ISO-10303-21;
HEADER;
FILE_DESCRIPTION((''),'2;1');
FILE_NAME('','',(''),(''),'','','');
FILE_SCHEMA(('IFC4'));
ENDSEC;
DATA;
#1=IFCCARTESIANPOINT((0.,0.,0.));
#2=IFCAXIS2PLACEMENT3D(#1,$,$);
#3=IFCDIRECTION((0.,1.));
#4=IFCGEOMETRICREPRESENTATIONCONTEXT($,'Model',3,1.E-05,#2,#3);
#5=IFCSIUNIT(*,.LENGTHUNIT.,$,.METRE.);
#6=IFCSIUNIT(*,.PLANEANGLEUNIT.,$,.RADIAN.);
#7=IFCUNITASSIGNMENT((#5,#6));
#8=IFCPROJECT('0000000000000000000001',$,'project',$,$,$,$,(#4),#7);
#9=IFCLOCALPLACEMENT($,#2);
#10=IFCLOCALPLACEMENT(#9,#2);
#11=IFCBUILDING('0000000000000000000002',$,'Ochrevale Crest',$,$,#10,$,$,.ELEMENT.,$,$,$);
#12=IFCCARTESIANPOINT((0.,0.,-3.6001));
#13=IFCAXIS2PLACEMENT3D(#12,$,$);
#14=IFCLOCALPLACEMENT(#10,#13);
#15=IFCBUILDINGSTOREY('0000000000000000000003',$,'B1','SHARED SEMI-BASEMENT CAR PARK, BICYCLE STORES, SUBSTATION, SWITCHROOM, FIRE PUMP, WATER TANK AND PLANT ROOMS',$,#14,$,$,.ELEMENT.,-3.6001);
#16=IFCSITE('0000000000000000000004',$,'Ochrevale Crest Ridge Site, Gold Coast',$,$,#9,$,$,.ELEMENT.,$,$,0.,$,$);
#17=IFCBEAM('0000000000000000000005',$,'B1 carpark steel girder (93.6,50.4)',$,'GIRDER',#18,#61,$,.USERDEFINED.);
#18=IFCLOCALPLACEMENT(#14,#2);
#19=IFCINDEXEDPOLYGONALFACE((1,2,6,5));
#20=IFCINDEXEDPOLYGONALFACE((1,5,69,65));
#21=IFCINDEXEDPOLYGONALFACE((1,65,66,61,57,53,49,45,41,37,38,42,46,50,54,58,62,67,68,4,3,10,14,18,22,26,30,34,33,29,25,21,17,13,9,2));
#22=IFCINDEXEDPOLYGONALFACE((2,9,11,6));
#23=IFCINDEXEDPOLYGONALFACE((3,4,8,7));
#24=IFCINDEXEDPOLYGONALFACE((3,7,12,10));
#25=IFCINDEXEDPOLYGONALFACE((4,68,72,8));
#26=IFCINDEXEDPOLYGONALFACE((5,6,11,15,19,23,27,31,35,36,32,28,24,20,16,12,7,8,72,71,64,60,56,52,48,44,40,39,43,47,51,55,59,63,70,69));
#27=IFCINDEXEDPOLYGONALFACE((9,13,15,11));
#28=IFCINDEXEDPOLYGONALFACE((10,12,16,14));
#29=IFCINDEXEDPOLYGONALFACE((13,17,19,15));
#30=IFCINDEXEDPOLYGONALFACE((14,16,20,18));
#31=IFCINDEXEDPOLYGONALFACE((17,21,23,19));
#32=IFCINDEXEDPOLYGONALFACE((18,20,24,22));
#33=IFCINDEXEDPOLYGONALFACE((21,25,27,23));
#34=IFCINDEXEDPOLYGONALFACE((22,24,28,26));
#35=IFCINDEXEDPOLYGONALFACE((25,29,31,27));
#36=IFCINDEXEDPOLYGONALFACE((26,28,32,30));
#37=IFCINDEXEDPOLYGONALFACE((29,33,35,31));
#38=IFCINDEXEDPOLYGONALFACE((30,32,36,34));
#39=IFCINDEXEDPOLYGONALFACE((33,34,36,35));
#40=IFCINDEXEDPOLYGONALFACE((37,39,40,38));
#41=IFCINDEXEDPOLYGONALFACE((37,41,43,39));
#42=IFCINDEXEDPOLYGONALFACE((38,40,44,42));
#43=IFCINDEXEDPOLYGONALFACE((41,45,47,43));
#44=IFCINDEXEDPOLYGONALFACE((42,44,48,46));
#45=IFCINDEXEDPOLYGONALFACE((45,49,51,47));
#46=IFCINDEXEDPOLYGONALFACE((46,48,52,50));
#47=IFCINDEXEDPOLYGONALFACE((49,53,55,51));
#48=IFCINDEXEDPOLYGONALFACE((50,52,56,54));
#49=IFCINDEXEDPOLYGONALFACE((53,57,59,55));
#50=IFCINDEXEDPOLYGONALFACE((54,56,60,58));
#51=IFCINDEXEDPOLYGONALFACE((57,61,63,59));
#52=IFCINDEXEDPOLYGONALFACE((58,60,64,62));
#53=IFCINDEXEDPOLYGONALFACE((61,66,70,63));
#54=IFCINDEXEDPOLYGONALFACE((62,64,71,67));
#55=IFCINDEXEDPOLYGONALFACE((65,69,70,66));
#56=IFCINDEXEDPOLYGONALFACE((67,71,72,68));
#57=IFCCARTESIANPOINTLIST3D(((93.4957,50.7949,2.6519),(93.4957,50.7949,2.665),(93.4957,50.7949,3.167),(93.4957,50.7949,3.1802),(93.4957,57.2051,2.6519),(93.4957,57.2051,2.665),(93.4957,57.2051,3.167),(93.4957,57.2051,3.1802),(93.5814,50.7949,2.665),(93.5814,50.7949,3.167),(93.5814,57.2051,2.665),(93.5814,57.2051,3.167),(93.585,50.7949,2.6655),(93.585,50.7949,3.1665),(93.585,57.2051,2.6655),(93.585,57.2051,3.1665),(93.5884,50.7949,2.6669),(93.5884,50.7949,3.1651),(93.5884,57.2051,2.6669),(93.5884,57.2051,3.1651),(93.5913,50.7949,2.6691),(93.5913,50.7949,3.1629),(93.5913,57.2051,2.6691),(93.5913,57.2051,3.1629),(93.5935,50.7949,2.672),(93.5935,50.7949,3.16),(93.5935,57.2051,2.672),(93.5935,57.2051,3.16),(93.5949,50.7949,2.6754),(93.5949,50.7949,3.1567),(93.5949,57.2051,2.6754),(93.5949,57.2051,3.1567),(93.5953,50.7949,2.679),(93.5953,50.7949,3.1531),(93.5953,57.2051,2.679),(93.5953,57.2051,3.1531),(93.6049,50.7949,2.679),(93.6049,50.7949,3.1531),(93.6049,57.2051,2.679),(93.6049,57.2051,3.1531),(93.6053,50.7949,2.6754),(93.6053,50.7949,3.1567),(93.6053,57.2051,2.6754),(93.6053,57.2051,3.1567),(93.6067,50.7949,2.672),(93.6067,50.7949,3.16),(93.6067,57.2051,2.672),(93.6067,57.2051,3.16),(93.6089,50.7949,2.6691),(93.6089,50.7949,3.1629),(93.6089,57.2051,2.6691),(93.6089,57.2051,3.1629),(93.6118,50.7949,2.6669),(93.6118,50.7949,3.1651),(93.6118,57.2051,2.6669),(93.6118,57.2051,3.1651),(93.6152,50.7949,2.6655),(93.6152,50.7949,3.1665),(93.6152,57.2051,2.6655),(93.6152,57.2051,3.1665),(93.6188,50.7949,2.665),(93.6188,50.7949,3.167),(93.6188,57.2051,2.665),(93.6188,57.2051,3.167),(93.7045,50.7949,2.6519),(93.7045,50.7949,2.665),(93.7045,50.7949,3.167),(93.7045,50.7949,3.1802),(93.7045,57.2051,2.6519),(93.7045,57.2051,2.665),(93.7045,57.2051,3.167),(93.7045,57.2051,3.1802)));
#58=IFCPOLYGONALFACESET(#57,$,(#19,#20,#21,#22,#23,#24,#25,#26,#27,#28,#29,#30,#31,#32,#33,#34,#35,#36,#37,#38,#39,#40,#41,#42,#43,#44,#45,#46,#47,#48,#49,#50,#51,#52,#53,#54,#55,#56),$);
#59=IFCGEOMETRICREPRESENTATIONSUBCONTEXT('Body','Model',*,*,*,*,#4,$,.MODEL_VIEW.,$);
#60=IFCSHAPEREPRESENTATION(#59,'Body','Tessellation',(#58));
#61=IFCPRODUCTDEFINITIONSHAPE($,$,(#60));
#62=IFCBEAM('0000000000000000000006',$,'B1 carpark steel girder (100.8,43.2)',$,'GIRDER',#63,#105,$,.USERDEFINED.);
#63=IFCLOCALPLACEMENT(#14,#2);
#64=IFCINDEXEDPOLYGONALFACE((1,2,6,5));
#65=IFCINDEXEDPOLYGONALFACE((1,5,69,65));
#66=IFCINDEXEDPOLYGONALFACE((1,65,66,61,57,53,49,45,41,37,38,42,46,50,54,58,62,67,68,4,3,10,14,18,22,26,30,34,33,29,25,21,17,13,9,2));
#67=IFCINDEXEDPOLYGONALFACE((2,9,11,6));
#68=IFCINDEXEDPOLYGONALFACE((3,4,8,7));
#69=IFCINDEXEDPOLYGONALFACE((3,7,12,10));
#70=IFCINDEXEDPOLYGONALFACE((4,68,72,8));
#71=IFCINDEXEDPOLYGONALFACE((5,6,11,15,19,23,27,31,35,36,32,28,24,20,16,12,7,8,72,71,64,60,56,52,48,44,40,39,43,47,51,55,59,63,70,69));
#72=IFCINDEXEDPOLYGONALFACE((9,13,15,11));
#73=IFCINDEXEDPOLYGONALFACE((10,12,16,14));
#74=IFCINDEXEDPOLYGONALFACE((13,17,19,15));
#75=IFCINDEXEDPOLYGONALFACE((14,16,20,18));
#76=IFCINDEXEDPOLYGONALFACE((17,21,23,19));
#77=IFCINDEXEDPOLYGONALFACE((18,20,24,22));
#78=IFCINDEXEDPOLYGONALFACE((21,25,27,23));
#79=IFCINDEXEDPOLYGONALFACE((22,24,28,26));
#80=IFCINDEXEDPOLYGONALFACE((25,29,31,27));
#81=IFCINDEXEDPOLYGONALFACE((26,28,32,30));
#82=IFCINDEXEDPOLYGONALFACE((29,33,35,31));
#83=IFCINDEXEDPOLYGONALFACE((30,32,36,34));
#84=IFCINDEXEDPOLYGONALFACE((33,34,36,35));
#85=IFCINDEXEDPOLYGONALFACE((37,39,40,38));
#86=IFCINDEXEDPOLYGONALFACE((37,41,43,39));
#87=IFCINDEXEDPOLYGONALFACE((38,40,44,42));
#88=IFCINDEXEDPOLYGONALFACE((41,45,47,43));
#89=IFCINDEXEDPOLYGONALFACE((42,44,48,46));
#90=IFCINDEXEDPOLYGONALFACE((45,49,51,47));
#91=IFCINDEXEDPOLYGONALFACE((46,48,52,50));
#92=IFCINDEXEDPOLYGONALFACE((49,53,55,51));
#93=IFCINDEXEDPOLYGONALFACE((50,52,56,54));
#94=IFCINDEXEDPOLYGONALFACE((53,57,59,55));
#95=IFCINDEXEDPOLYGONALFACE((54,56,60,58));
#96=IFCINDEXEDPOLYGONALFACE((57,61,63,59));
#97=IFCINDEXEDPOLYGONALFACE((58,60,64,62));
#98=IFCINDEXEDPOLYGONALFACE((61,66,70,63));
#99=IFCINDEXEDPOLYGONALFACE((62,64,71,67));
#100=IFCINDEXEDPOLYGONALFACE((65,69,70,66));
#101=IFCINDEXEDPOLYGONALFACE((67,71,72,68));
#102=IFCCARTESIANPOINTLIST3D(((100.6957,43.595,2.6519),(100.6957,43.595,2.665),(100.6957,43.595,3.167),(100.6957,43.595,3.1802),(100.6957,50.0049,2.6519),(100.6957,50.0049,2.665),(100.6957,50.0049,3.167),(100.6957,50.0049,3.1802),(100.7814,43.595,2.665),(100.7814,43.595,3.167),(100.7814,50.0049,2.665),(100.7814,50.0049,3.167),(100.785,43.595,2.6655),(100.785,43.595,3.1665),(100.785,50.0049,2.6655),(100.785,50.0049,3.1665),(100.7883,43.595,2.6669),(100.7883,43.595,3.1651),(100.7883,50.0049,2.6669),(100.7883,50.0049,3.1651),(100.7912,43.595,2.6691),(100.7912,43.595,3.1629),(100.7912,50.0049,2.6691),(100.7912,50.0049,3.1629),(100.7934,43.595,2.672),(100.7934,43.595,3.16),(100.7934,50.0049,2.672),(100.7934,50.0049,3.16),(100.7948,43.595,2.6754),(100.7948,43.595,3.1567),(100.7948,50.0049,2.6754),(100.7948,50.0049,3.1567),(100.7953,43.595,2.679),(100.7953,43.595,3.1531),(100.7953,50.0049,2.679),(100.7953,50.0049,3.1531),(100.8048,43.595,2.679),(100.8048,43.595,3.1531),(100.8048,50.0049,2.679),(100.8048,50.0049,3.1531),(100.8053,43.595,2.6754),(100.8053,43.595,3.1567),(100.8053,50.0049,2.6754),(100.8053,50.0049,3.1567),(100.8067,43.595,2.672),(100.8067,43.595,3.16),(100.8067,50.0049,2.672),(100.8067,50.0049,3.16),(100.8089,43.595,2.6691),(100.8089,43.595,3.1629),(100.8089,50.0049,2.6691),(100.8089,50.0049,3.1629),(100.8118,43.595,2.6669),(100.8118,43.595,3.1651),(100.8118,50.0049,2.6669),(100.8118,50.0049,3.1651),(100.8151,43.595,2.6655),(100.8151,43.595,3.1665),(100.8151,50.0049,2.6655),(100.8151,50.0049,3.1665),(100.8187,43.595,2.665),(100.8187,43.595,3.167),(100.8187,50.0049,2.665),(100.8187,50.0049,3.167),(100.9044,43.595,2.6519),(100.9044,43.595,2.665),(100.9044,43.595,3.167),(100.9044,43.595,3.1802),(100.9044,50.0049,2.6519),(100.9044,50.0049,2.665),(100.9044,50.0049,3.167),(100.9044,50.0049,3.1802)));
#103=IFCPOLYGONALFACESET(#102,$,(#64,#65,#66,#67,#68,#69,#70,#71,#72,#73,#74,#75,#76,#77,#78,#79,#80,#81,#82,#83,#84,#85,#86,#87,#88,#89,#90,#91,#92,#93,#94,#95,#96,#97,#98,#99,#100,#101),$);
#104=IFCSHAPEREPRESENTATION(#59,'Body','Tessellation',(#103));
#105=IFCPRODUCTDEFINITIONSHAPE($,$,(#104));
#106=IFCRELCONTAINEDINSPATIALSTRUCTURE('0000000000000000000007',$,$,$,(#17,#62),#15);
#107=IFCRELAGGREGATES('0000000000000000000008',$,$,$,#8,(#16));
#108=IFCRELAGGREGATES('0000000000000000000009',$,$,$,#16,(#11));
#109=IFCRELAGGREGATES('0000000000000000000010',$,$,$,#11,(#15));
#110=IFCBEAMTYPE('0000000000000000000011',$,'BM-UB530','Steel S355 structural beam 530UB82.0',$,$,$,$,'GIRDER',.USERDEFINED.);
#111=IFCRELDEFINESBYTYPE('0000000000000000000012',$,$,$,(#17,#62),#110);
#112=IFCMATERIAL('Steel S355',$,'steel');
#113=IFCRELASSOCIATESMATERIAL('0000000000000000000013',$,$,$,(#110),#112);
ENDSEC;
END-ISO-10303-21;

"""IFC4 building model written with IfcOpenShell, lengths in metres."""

from ifc_helpers import new_model, si_unit, direction, frame, origin, origin_2d, place, context, subcontext, project, spatial, i_section, extrude, material, material_profile, profile_set, type_object, element, save


model = new_model("IFC4")

# Units and contexts
model_context = context("Model", 3, precision=1e-05, world=origin(), true_north=direction((0.0, 1.0)))
body_context = subcontext(model_context, "Body", "Model", "MODEL_VIEW")
ifc_project = project(units=[si_unit("LENGTHUNIT", "METRE"), si_unit("PLANEANGLEUNIT", "RADIAN")], contexts=[model_context])

# Site, building, storey
site_placement = place(None, origin())
site = spatial("IfcSite", under=ifc_project, at=site_placement, Name="Ochrevale Crest Ridge Site, Gold Coast", CompositionType="ELEMENT", RefElevation=0.0)
building_placement = place(site_placement, origin())
building = spatial("IfcBuilding", under=site, at=building_placement, Name="Ochrevale Crest", CompositionType="ELEMENT")
storey_placement = place(building_placement, frame((0.0, 0.0, -3.6001)))
storey = spatial("IfcBuildingStorey", under=building, at=storey_placement, Name="B1", Description="SHARED SEMI-BASEMENT CAR PARK, BICYCLE STORES, SUBSTATION, SWITCHROOM, FIRE PUMP, WATER TANK AND PLANT ROOMS", CompositionType="ELEMENT", Elevation=-3.6001)

# Beams
ifc_material_1 = material(Name="Steel S355", Category="steel")
ifc_material_profile_1 = material_profile(ifc_material_1, i_section(OverallWidth=0.2087, OverallDepth=0.5283, WebThickness=0.0095, FlangeThickness=0.0132, FilletRadius=0.0139, at=origin_2d()), Name="530UB82.0")
ifc_profile_set_1 = profile_set([ifc_material_profile_1], Name="Steel S355")
beam_type_1 = type_object("IfcBeamType", Name="BM-UB530", Description="Steel S355 structural beam 530UB82.0", ElementType="GIRDER", PredefinedType="USERDEFINED", material=ifc_profile_set_1)
beam_1_placement = place(storey_placement, frame((93.6001, 50.7949, 2.916), z_axis=(0.0, 1.0, 0.0), x_axis=(-1.0, 0.0, 0.0)))
element("IfcBeam", 1, at=beam_1_placement, inside=storey, type_object=beam_type_1, Name="B1 carpark steel girder (93.6,50.4)", ObjectType="GIRDER", PredefinedType="USERDEFINED", context=body_context, shape_type="SweptSolid", body=[
    extrude(i_section(OverallWidth=0.2087, OverallDepth=0.5283, WebThickness=0.0095, FlangeThickness=0.0132, FilletRadius=0.0139, at=origin_2d()), origin(), (0.0, 0.0, 1.0), 6.4102),
])
beam_2_placement = place(storey_placement, frame((100.8, 43.595, 2.916), z_axis=(0.0, 1.0, 0.0), x_axis=(-1.0, 0.0, 0.0)))
element("IfcBeam", 2, at=beam_2_placement, inside=storey, type_object=beam_type_1, Name="B1 carpark steel girder (100.8,43.2)", ObjectType="GIRDER", PredefinedType="USERDEFINED", context=body_context, shape_type="SweptSolid", body=[
    extrude(i_section(OverallWidth=0.2087, OverallDepth=0.5283, WebThickness=0.0095, FlangeThickness=0.0132, FilletRadius=0.0139, at=origin_2d()), origin(), (0.0, 0.0, 1.0), 6.4099),
])

save(model, "model.ifc")
